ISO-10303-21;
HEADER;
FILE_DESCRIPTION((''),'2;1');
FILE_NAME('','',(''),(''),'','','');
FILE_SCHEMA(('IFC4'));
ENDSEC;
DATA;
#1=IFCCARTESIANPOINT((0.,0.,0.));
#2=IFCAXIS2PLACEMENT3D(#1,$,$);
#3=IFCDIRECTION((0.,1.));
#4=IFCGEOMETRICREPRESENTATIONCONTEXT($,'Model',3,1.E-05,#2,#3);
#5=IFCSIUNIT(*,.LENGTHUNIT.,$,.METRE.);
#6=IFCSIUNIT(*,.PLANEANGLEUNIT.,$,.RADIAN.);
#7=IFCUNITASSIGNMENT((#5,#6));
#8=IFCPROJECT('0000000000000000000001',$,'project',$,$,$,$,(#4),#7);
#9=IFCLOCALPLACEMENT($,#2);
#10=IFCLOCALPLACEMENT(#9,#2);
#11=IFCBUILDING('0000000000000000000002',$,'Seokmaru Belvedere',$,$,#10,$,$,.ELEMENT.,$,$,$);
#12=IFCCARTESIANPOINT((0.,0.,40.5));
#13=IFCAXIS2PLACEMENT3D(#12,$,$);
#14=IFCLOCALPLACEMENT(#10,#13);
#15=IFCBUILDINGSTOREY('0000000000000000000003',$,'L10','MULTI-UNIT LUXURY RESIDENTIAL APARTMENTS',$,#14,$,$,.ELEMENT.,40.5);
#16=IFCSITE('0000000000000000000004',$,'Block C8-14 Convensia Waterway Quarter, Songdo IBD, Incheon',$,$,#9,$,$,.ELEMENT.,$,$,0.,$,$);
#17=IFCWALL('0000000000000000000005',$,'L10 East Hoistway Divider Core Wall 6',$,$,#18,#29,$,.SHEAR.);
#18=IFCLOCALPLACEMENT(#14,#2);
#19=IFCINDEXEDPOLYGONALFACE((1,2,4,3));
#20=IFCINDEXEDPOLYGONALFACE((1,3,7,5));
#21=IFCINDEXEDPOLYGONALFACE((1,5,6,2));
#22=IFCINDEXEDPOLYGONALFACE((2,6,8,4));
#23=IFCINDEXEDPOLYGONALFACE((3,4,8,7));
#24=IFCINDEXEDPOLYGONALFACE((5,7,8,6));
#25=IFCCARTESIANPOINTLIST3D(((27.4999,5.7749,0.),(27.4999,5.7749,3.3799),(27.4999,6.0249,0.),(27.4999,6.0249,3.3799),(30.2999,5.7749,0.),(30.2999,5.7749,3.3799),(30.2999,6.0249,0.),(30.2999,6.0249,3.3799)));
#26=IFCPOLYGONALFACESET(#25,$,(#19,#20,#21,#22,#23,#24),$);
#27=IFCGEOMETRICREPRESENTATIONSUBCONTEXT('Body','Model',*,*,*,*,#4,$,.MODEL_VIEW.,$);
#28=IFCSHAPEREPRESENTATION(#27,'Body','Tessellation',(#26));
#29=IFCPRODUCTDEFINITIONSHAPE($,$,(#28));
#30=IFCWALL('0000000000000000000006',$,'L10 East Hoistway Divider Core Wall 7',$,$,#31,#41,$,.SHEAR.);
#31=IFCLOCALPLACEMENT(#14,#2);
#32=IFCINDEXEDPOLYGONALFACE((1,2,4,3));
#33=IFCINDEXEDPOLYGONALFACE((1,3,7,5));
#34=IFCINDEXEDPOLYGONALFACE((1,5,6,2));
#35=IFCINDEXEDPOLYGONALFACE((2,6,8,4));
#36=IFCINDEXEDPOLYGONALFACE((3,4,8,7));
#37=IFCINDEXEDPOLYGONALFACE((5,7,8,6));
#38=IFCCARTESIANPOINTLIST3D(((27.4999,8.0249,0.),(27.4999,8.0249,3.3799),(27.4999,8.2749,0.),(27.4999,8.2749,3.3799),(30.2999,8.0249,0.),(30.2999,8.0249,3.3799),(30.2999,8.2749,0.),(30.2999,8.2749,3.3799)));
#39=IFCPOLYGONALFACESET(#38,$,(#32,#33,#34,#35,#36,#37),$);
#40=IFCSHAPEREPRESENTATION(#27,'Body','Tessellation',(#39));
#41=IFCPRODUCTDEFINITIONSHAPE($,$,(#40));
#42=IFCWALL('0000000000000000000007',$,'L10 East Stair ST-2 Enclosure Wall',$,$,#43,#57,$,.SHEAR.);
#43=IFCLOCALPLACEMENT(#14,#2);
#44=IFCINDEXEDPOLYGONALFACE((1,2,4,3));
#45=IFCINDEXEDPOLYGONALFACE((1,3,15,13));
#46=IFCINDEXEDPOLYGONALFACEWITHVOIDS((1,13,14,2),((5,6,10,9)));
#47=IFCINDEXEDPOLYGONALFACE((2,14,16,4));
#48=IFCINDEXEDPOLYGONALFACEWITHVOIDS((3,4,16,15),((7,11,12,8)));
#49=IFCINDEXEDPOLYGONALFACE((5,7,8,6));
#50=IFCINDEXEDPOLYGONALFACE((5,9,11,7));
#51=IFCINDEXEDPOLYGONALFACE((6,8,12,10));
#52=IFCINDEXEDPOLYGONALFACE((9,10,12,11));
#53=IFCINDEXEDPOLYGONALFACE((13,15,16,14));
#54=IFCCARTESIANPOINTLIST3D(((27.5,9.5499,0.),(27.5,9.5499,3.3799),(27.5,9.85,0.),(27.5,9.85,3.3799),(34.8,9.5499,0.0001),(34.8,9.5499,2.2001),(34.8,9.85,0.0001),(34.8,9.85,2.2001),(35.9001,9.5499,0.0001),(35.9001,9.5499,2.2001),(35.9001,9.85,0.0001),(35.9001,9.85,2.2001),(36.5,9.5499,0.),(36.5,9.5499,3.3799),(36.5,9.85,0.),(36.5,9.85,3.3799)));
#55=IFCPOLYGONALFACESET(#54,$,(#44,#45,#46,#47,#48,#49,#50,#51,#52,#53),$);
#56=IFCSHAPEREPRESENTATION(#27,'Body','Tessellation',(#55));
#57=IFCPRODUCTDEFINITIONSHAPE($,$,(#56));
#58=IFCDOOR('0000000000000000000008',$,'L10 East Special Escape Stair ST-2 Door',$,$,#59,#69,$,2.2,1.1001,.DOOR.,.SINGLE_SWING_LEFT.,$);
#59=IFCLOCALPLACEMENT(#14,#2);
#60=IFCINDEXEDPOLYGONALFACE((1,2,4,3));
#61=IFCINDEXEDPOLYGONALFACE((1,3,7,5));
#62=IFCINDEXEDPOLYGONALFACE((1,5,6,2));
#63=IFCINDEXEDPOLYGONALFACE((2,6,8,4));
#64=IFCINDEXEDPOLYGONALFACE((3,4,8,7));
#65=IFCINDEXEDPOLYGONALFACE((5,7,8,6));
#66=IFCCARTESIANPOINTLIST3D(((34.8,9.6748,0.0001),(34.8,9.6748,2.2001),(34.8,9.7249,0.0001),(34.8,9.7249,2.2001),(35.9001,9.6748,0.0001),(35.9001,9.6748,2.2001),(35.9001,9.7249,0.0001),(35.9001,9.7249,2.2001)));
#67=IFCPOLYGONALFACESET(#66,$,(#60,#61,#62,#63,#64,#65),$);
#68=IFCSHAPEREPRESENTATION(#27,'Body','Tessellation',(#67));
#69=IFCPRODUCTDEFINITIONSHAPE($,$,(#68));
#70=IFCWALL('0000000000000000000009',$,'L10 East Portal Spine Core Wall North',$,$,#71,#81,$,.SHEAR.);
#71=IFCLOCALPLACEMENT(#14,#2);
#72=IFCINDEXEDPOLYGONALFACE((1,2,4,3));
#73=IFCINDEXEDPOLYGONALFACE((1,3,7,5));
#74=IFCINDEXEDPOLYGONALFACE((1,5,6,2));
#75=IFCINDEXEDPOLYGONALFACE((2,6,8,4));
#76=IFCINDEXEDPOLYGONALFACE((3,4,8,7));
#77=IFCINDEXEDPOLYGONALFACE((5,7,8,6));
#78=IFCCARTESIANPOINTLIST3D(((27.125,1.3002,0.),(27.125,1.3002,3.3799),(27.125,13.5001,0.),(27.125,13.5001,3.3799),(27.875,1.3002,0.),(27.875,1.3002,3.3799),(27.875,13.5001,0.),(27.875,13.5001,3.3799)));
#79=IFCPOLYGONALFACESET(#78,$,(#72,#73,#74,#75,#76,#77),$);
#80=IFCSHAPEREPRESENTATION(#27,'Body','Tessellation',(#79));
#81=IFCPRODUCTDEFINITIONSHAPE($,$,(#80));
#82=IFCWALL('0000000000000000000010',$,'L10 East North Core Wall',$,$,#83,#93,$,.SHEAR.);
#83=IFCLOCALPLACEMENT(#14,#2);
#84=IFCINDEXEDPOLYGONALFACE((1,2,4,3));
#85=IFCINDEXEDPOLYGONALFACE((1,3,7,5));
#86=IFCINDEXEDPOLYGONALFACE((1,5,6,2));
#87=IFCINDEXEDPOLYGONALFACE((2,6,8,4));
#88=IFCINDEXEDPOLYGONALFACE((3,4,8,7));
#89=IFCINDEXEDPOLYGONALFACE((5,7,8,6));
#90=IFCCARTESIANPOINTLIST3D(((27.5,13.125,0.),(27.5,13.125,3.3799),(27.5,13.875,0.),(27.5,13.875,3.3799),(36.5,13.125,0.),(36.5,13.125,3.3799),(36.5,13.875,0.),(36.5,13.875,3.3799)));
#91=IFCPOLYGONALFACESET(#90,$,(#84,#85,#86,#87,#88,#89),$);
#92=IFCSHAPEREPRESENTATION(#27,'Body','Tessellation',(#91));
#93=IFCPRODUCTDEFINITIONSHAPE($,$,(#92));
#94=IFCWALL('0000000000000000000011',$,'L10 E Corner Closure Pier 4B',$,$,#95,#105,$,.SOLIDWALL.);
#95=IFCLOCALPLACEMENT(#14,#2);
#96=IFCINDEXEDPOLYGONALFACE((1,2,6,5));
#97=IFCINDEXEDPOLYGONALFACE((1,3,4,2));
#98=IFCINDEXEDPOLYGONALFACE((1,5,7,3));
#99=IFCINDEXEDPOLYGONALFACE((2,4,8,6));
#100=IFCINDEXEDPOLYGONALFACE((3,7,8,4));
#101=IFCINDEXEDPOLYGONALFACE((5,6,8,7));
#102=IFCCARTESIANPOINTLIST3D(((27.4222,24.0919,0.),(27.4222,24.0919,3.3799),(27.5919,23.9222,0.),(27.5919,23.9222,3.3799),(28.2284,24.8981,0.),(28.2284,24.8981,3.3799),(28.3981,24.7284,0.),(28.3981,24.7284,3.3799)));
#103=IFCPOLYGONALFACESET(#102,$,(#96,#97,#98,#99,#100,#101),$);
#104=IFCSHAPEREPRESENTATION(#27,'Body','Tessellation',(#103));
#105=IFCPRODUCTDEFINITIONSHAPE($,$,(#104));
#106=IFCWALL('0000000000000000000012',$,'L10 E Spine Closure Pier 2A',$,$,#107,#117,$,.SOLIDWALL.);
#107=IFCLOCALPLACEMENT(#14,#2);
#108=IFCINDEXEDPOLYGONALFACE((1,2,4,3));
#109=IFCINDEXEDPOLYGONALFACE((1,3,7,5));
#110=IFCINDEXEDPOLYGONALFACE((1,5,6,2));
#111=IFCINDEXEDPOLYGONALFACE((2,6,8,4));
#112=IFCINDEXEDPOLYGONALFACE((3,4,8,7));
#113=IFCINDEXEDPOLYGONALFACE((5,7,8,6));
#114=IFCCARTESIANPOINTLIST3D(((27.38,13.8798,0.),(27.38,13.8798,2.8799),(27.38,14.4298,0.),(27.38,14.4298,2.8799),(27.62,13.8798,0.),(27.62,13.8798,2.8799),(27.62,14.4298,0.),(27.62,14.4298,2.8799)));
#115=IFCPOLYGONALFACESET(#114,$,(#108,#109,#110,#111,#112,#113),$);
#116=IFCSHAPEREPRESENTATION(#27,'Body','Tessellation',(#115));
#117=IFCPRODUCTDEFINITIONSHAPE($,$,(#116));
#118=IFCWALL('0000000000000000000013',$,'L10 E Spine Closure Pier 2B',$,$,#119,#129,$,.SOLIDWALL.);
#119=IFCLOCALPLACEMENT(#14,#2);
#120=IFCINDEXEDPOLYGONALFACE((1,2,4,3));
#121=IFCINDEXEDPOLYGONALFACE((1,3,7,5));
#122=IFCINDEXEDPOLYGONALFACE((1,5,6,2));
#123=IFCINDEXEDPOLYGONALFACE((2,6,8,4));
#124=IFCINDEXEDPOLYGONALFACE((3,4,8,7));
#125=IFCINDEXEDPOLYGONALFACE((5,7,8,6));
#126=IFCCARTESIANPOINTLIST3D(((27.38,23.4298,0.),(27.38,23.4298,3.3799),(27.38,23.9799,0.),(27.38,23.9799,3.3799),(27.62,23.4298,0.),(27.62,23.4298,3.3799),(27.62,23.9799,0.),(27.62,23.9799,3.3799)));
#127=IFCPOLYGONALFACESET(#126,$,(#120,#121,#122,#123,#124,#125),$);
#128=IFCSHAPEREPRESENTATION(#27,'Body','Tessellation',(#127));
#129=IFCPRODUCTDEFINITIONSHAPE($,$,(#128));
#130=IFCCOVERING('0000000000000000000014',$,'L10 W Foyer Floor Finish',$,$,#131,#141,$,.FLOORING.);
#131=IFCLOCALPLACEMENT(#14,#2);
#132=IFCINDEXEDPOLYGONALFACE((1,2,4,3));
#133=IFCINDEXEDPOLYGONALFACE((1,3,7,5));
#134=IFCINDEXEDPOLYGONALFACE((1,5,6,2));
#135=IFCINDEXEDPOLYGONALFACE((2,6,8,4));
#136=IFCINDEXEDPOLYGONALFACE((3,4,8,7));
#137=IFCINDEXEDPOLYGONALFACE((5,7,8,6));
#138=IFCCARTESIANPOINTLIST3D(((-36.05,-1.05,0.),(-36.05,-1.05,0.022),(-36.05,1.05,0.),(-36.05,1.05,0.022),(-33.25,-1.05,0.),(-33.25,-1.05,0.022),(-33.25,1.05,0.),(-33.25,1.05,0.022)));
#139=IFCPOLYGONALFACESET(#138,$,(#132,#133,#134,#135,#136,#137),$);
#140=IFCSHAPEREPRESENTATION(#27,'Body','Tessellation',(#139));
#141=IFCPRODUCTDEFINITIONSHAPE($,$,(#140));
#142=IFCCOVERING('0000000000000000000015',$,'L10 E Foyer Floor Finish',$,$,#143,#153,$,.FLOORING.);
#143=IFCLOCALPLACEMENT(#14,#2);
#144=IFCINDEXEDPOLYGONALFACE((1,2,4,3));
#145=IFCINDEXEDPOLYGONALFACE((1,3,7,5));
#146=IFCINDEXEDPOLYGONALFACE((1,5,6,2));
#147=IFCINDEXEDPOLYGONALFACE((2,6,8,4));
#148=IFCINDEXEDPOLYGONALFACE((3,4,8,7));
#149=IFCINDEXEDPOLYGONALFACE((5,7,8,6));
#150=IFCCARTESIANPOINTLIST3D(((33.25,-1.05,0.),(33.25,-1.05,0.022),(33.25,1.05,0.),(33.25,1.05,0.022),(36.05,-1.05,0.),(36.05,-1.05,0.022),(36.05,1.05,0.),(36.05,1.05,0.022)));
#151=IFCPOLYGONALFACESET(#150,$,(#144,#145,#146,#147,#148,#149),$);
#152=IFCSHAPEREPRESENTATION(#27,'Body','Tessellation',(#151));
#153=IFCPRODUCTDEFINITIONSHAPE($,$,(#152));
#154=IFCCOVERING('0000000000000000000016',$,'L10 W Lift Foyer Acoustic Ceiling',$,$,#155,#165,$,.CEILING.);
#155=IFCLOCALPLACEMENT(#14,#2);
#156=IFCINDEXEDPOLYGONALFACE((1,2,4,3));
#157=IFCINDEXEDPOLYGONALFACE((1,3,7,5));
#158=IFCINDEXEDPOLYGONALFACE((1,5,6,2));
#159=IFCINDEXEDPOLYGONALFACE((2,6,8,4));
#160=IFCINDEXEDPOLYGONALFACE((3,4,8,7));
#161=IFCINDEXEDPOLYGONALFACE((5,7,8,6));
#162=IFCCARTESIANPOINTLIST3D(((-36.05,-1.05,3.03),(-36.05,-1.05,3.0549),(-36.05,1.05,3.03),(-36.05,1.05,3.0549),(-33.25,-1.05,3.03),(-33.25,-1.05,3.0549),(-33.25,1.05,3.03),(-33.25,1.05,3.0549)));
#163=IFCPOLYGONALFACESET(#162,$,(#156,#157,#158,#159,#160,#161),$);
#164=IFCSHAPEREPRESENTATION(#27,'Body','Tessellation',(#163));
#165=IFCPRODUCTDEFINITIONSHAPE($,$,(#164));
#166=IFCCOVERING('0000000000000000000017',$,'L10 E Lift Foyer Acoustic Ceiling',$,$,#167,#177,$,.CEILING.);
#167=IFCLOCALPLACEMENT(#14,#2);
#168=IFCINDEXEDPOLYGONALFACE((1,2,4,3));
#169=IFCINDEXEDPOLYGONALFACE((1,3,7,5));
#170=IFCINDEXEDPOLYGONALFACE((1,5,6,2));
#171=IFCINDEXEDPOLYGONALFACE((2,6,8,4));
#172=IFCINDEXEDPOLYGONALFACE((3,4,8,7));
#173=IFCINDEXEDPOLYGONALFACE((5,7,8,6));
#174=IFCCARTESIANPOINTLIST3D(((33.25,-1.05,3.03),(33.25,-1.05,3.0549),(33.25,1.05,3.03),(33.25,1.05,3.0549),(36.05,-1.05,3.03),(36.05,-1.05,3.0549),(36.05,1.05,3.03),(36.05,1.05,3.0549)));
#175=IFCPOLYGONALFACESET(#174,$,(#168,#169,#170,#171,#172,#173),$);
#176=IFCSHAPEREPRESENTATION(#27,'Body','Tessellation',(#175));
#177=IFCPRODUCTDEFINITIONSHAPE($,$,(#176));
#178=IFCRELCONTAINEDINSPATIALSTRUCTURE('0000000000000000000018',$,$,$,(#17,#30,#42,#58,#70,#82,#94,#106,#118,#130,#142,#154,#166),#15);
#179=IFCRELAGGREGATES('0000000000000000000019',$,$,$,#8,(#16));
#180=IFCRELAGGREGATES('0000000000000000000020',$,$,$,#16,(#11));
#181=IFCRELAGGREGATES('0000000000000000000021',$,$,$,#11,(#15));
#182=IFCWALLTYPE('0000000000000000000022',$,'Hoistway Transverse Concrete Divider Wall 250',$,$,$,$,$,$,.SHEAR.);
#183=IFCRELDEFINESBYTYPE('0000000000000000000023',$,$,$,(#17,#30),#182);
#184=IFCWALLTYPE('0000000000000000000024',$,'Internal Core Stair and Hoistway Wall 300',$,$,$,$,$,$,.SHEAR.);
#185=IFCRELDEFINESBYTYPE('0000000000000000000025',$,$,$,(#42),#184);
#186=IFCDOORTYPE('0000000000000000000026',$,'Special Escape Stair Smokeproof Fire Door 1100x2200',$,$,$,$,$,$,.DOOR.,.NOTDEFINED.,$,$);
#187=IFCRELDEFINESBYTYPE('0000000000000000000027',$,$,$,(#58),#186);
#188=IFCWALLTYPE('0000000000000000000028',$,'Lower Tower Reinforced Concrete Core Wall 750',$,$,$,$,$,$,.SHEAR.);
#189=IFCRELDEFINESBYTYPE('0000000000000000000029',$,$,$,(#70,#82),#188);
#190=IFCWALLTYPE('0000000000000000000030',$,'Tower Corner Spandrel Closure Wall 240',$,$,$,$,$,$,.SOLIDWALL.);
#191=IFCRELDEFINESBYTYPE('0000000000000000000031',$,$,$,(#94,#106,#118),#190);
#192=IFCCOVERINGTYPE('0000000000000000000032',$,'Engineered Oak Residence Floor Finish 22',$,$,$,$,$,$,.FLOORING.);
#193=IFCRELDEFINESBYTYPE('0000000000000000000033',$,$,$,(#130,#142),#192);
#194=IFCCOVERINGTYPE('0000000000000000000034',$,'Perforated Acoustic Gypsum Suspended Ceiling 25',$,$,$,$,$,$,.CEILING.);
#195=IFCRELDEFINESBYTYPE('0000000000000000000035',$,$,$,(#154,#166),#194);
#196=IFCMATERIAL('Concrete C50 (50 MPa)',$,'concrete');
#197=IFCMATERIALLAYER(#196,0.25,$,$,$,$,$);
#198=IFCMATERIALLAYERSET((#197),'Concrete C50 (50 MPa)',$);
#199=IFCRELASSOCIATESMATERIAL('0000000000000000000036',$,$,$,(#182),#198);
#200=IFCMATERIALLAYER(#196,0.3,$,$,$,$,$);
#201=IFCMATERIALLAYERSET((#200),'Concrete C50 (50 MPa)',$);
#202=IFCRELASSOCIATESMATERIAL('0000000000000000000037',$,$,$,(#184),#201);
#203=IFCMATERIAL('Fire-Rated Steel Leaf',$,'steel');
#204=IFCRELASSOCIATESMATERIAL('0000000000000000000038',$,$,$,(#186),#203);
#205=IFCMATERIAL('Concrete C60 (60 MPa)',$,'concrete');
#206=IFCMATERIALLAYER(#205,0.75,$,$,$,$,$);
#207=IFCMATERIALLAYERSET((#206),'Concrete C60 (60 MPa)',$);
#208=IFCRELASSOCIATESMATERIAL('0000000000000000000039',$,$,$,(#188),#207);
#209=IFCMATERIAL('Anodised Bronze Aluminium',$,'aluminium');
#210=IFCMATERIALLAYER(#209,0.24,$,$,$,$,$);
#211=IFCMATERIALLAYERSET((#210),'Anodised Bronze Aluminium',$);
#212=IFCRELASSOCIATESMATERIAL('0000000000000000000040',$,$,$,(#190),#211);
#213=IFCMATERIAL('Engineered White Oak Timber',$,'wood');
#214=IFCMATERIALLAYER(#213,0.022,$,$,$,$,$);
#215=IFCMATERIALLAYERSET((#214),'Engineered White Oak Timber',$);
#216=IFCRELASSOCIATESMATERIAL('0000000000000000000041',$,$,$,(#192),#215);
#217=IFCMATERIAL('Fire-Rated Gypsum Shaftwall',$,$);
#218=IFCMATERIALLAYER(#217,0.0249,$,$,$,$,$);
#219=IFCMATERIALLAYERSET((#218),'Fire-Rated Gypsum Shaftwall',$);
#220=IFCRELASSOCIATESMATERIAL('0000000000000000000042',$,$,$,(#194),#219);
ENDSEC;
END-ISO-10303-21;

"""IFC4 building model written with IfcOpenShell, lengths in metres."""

from ifc_helpers import new_model, si_unit, direction, frame, frame_2d, origin, place, context, subcontext, project, spatial, polyline, rectangle, outline, extrude, source, transform, mapped, material, layer, layer_set, type_object, type_shapes, element, fill, save


model = new_model("IFC4")

# Units and contexts
model_context = context("Model", 3, precision=1e-05, world=origin(), true_north=direction((0.0, 1.0)))
body_context = subcontext(model_context, "Body", "Model", "MODEL_VIEW")
ifc_project = project(units=[si_unit("LENGTHUNIT", "METRE"), si_unit("PLANEANGLEUNIT", "RADIAN")], contexts=[model_context])

# Site, building, storey
site_placement = place(None, origin())
site = spatial("IfcSite", under=ifc_project, at=site_placement, Name="Block C8-14 Convensia Waterway Quarter, Songdo IBD, Incheon", CompositionType="ELEMENT", RefElevation=0.0)
building_placement = place(site_placement, origin())
building = spatial("IfcBuilding", under=site, at=building_placement, Name="Seokmaru Belvedere", CompositionType="ELEMENT")
storey_placement = place(building_placement, frame((0.0, 0.0, 40.5)))
storey = spatial("IfcBuildingStorey", under=building, at=storey_placement, Name="L10", Description="MULTI-UNIT LUXURY RESIDENTIAL APARTMENTS", CompositionType="ELEMENT", Elevation=40.5)

# Shared definitions
ifc_material_1 = material(Name="Anodised Bronze Aluminium", Category="aluminium")

# Shared definitions
ifc_material_2 = material(Name="Fire-Rated Gypsum Shaftwall")
ifc_material_3 = material(Name="Engineered White Oak Timber", Category="wood")

# Walls
ifc_material_4 = material(Name="Concrete C50 (50 MPa)", Category="concrete")
ifc_layer_1 = layer(ifc_material_4, 0.25)
ifc_layer_set_1 = layer_set([ifc_layer_1], Name="Concrete C50 (50 MPa)")
wall_type_1 = type_object("IfcWallType", Name="Hoistway Transverse Concrete Divider Wall 250", PredefinedType="SHEAR", material=ifc_layer_set_1)
for number, where, z_axis, x_axis, name in (
    (1, (27.5, 5.8999, 0.0), (0.0, 0.0, 1.0), (1.0, 0.0, 0.0), "L10 East Hoistway Divider Core Wall 6"),
    (2, (27.5, 8.1499, 0.0), (0.0, 0.0, 1.0), (1.0, 0.0, 0.0), "L10 East Hoistway Divider Core Wall 7"),
):
    element("IfcWall", number, at=place(storey_placement, frame(where, z_axis=z_axis, x_axis=x_axis)), inside=storey, type_object=wall_type_1, Name=name, PredefinedType="SHEAR", context=body_context, shape_type="SweptSolid", body=[
        extrude(rectangle(XDim=2.8, YDim=0.25, at=frame_2d((1.3999, 0.0))), origin(), (0.0, 0.0, 1.0), 3.3799),
    ])

# Wall, opening, door
ifc_layer_2 = layer(ifc_material_4, 0.3)
ifc_layer_set_2 = layer_set([ifc_layer_2], Name="Concrete C50 (50 MPa)")
wall_type_2 = type_object("IfcWallType", Name="Internal Core Stair and Hoistway Wall 300", PredefinedType="SHEAR", material=ifc_layer_set_2)
wall_1_placement = place(storey_placement, frame((27.5, 9.7, 0.0), z_axis=(0.0, 0.0, 1.0), x_axis=(1.0, 0.0, 0.0)))
wall_1 = element("IfcWall", 3, at=wall_1_placement, inside=storey, type_object=wall_type_2, Name="L10 East Stair ST-2 Enclosure Wall", PredefinedType="SHEAR", context=body_context, shape_type="SweptSolid", body=[
    extrude(rectangle(XDim=9.0, YDim=0.3, at=frame_2d((4.5, 0.0))), origin(), (0.0, 0.0, 1.0), 3.3799),
])
opening_1_placement = place(wall_1_placement, frame((7.3, 0.0, 0.0)))
opening_1 = element("IfcOpeningElement", 4, at=opening_1_placement, cuts=wall_1, PredefinedType="OPENING", context=body_context, shape_type="SweptSolid", body=[
    extrude(rectangle(XDim=1.1001, YDim=2.2, at=frame_2d((0.55, 1.1001))), frame((0.0, 0.1602, 0.0), z_axis=(0.0, -1.0, 0.0), x_axis=(1.0, 0.0, 0.0)), (0.0, 0.0, 1.0), 0.3201),
])
ifc_material_5 = material(Name="Fire-Rated Steel Leaf", Category="steel")
door_type_1 = type_object("IfcDoorType", Name="Special Escape Stair Smokeproof Fire Door 1100x2200", OperationType="NOTDEFINED", PredefinedType="DOOR", material=ifc_material_5)
shared_shape_1 = source(origin(), body_context, "Body", "SweptSolid", [
    extrude(rectangle(XDim=1.1001, YDim=2.2, at=frame_2d((0.55, 1.1001))), frame((0.0, 0.0249, 0.0), z_axis=(0.0, -1.0, 0.0), x_axis=(1.0, 0.0, 0.0)), (0.0, 0.0, 1.0), 0.05),
])
type_shapes(door_type_1, [shared_shape_1])
door_1_placement = place(opening_1_placement, origin())
door_1 = element("IfcDoor", 5, at=door_1_placement, inside=storey, type_object=door_type_1, Name="L10 East Special Escape Stair ST-2 Door", OperationType="SINGLE_SWING_LEFT", OverallHeight=2.2, OverallWidth=1.1001, PredefinedType="DOOR", context=body_context, shape_type="MappedRepresentation", body=[
    mapped(shared_shape_1, transform((0.0, 0.0, 0.0), scale=1.0)),
])
fill(opening_1, door_1)

# Walls
ifc_material_6 = material(Name="Concrete C60 (60 MPa)", Category="concrete")
ifc_layer_3 = layer(ifc_material_6, 0.75)
ifc_layer_set_3 = layer_set([ifc_layer_3], Name="Concrete C60 (60 MPa)")
wall_type_3 = type_object("IfcWallType", Name="Lower Tower Reinforced Concrete Core Wall 750", PredefinedType="SHEAR", material=ifc_layer_set_3)
wall_2_placement = place(storey_placement, frame((27.5, 1.3, 0.0), z_axis=(0.0, 0.0, 1.0), x_axis=(0.0, 1.0, 0.0)))
element("IfcWall", 6, at=wall_2_placement, inside=storey, type_object=wall_type_3, Name="L10 East Portal Spine Core Wall North", PredefinedType="SHEAR", context=body_context, shape_type="SweptSolid", body=[
    extrude(rectangle(XDim=12.2, YDim=0.75, at=frame_2d((6.1001, 0.0))), origin(), (0.0, 0.0, 1.0), 3.3799),
])
wall_3_placement = place(storey_placement, frame((27.5, 13.5, 0.0), z_axis=(0.0, 0.0, 1.0), x_axis=(1.0, 0.0, 0.0)))
element("IfcWall", 7, at=wall_3_placement, inside=storey, type_object=wall_type_3, Name="L10 East North Core Wall", PredefinedType="SHEAR", context=body_context, shape_type="SweptSolid", body=[
    extrude(rectangle(XDim=9.0, YDim=0.75, at=frame_2d((4.5, 0.0))), origin(), (0.0, 0.0, 1.0), 3.3799),
])
ifc_layer_4 = layer(ifc_material_1, 0.24)
ifc_layer_set_4 = layer_set([ifc_layer_4], Name="Anodised Bronze Aluminium")
wall_type_4 = type_object("IfcWallType", Name="Tower Corner Spandrel Closure Wall 240", PredefinedType="SOLIDWALL", material=ifc_layer_set_4)
wall_4_placement = place(storey_placement, frame((28.3132, 24.8132, 0.0), z_axis=(0.0, 0.0, 1.0), x_axis=(-0.707107, -0.707107, 0.0)))
element("IfcWall", 8, at=wall_4_placement, inside=storey, type_object=wall_type_4, Name="L10 E Corner Closure Pier 4B", PredefinedType="SOLIDWALL", context=body_context, shape_type="SweptSolid", body=[
    extrude(rectangle(XDim=1.1401, YDim=0.24, at=frame_2d((0.5701, 0.0))), origin(), (0.0, 0.0, 1.0), 3.3799),
])
wall_5_placement = place(storey_placement, frame((27.5, 13.8799, 0.0), z_axis=(0.0, 0.0, 1.0), x_axis=(0.0, 1.0, 0.0)))
element("IfcWall", 9, at=wall_5_placement, inside=storey, type_object=wall_type_4, Name="L10 E Spine Closure Pier 2A", PredefinedType="SOLIDWALL", context=body_context, shape_type="SweptSolid", body=[
    extrude(rectangle(XDim=0.55, YDim=0.24, at=frame_2d((0.2749, 0.0))), origin(), (0.0, 0.0, 1.0), 2.8799),
])
wall_6_placement = place(storey_placement, frame((27.5, 23.4299, 0.0), z_axis=(0.0, 0.0, 1.0), x_axis=(0.0, 1.0, 0.0)))
element("IfcWall", 10, at=wall_6_placement, inside=storey, type_object=wall_type_4, Name="L10 E Spine Closure Pier 2B", PredefinedType="SOLIDWALL", context=body_context, shape_type="SweptSolid", body=[
    extrude(rectangle(XDim=0.55, YDim=0.24, at=frame_2d((0.2749, 0.0))), origin(), (0.0, 0.0, 1.0), 3.3799),
])

# Coverings
ifc_layer_5 = layer(ifc_material_3, 0.022)
ifc_layer_set_5 = layer_set([ifc_layer_5], Name="Engineered White Oak Timber")
covering_type_1 = type_object("IfcCoveringType", Name="Engineered Oak Residence Floor Finish 22", PredefinedType="FLOORING", material=ifc_layer_set_5)
covering_1_placement = place(storey_placement, origin())
element("IfcCovering", 11, at=covering_1_placement, inside=storey, type_object=covering_type_1, Name="L10 W Foyer Floor Finish", PredefinedType="FLOORING", context=body_context, shape_type="SweptSolid", body=[
    extrude(outline(polyline([(-36.05, -1.05), (-33.25, -1.05), (-33.25, 1.05), (-36.05, 1.05), (-36.05, -1.05)])), origin(), (0.0, 0.0, 1.0), 0.022),
])
covering_2_placement = place(storey_placement, origin())
element("IfcCovering", 12, at=covering_2_placement, inside=storey, type_object=covering_type_1, Name="L10 E Foyer Floor Finish", PredefinedType="FLOORING", context=body_context, shape_type="SweptSolid", body=[
    extrude(outline(polyline([(33.25, -1.05), (36.05, -1.05), (36.05, 1.05), (33.25, 1.05), (33.25, -1.05)])), origin(), (0.0, 0.0, 1.0), 0.022),
])
ifc_layer_6 = layer(ifc_material_2, 0.0249)
ifc_layer_set_6 = layer_set([ifc_layer_6], Name="Fire-Rated Gypsum Shaftwall")
covering_type_2 = type_object("IfcCoveringType", Name="Perforated Acoustic Gypsum Suspended Ceiling 25", PredefinedType="CEILING", material=ifc_layer_set_6)
covering_3_placement = place(storey_placement, frame((0.0, 0.0, 3.03)))
element("IfcCovering", 13, at=covering_3_placement, inside=storey, type_object=covering_type_2, Name="L10 W Lift Foyer Acoustic Ceiling", PredefinedType="CEILING", context=body_context, shape_type="SweptSolid", body=[
    extrude(outline(polyline([(-36.05, -1.05), (-33.25, -1.05), (-33.25, 1.05), (-36.05, 1.05), (-36.05, -1.05)])), origin(), (0.0, 0.0, 1.0), 0.0249),
])
covering_4_placement = place(storey_placement, frame((0.0, 0.0, 3.03)))
element("IfcCovering", 14, at=covering_4_placement, inside=storey, type_object=covering_type_2, Name="L10 E Lift Foyer Acoustic Ceiling", PredefinedType="CEILING", context=body_context, shape_type="SweptSolid", body=[
    extrude(outline(polyline([(33.25, -1.05), (36.05, -1.05), (36.05, 1.05), (33.25, 1.05), (33.25, -1.05)])), origin(), (0.0, 0.0, 1.0), 0.0249),
])

save(model, "model.ifc")
